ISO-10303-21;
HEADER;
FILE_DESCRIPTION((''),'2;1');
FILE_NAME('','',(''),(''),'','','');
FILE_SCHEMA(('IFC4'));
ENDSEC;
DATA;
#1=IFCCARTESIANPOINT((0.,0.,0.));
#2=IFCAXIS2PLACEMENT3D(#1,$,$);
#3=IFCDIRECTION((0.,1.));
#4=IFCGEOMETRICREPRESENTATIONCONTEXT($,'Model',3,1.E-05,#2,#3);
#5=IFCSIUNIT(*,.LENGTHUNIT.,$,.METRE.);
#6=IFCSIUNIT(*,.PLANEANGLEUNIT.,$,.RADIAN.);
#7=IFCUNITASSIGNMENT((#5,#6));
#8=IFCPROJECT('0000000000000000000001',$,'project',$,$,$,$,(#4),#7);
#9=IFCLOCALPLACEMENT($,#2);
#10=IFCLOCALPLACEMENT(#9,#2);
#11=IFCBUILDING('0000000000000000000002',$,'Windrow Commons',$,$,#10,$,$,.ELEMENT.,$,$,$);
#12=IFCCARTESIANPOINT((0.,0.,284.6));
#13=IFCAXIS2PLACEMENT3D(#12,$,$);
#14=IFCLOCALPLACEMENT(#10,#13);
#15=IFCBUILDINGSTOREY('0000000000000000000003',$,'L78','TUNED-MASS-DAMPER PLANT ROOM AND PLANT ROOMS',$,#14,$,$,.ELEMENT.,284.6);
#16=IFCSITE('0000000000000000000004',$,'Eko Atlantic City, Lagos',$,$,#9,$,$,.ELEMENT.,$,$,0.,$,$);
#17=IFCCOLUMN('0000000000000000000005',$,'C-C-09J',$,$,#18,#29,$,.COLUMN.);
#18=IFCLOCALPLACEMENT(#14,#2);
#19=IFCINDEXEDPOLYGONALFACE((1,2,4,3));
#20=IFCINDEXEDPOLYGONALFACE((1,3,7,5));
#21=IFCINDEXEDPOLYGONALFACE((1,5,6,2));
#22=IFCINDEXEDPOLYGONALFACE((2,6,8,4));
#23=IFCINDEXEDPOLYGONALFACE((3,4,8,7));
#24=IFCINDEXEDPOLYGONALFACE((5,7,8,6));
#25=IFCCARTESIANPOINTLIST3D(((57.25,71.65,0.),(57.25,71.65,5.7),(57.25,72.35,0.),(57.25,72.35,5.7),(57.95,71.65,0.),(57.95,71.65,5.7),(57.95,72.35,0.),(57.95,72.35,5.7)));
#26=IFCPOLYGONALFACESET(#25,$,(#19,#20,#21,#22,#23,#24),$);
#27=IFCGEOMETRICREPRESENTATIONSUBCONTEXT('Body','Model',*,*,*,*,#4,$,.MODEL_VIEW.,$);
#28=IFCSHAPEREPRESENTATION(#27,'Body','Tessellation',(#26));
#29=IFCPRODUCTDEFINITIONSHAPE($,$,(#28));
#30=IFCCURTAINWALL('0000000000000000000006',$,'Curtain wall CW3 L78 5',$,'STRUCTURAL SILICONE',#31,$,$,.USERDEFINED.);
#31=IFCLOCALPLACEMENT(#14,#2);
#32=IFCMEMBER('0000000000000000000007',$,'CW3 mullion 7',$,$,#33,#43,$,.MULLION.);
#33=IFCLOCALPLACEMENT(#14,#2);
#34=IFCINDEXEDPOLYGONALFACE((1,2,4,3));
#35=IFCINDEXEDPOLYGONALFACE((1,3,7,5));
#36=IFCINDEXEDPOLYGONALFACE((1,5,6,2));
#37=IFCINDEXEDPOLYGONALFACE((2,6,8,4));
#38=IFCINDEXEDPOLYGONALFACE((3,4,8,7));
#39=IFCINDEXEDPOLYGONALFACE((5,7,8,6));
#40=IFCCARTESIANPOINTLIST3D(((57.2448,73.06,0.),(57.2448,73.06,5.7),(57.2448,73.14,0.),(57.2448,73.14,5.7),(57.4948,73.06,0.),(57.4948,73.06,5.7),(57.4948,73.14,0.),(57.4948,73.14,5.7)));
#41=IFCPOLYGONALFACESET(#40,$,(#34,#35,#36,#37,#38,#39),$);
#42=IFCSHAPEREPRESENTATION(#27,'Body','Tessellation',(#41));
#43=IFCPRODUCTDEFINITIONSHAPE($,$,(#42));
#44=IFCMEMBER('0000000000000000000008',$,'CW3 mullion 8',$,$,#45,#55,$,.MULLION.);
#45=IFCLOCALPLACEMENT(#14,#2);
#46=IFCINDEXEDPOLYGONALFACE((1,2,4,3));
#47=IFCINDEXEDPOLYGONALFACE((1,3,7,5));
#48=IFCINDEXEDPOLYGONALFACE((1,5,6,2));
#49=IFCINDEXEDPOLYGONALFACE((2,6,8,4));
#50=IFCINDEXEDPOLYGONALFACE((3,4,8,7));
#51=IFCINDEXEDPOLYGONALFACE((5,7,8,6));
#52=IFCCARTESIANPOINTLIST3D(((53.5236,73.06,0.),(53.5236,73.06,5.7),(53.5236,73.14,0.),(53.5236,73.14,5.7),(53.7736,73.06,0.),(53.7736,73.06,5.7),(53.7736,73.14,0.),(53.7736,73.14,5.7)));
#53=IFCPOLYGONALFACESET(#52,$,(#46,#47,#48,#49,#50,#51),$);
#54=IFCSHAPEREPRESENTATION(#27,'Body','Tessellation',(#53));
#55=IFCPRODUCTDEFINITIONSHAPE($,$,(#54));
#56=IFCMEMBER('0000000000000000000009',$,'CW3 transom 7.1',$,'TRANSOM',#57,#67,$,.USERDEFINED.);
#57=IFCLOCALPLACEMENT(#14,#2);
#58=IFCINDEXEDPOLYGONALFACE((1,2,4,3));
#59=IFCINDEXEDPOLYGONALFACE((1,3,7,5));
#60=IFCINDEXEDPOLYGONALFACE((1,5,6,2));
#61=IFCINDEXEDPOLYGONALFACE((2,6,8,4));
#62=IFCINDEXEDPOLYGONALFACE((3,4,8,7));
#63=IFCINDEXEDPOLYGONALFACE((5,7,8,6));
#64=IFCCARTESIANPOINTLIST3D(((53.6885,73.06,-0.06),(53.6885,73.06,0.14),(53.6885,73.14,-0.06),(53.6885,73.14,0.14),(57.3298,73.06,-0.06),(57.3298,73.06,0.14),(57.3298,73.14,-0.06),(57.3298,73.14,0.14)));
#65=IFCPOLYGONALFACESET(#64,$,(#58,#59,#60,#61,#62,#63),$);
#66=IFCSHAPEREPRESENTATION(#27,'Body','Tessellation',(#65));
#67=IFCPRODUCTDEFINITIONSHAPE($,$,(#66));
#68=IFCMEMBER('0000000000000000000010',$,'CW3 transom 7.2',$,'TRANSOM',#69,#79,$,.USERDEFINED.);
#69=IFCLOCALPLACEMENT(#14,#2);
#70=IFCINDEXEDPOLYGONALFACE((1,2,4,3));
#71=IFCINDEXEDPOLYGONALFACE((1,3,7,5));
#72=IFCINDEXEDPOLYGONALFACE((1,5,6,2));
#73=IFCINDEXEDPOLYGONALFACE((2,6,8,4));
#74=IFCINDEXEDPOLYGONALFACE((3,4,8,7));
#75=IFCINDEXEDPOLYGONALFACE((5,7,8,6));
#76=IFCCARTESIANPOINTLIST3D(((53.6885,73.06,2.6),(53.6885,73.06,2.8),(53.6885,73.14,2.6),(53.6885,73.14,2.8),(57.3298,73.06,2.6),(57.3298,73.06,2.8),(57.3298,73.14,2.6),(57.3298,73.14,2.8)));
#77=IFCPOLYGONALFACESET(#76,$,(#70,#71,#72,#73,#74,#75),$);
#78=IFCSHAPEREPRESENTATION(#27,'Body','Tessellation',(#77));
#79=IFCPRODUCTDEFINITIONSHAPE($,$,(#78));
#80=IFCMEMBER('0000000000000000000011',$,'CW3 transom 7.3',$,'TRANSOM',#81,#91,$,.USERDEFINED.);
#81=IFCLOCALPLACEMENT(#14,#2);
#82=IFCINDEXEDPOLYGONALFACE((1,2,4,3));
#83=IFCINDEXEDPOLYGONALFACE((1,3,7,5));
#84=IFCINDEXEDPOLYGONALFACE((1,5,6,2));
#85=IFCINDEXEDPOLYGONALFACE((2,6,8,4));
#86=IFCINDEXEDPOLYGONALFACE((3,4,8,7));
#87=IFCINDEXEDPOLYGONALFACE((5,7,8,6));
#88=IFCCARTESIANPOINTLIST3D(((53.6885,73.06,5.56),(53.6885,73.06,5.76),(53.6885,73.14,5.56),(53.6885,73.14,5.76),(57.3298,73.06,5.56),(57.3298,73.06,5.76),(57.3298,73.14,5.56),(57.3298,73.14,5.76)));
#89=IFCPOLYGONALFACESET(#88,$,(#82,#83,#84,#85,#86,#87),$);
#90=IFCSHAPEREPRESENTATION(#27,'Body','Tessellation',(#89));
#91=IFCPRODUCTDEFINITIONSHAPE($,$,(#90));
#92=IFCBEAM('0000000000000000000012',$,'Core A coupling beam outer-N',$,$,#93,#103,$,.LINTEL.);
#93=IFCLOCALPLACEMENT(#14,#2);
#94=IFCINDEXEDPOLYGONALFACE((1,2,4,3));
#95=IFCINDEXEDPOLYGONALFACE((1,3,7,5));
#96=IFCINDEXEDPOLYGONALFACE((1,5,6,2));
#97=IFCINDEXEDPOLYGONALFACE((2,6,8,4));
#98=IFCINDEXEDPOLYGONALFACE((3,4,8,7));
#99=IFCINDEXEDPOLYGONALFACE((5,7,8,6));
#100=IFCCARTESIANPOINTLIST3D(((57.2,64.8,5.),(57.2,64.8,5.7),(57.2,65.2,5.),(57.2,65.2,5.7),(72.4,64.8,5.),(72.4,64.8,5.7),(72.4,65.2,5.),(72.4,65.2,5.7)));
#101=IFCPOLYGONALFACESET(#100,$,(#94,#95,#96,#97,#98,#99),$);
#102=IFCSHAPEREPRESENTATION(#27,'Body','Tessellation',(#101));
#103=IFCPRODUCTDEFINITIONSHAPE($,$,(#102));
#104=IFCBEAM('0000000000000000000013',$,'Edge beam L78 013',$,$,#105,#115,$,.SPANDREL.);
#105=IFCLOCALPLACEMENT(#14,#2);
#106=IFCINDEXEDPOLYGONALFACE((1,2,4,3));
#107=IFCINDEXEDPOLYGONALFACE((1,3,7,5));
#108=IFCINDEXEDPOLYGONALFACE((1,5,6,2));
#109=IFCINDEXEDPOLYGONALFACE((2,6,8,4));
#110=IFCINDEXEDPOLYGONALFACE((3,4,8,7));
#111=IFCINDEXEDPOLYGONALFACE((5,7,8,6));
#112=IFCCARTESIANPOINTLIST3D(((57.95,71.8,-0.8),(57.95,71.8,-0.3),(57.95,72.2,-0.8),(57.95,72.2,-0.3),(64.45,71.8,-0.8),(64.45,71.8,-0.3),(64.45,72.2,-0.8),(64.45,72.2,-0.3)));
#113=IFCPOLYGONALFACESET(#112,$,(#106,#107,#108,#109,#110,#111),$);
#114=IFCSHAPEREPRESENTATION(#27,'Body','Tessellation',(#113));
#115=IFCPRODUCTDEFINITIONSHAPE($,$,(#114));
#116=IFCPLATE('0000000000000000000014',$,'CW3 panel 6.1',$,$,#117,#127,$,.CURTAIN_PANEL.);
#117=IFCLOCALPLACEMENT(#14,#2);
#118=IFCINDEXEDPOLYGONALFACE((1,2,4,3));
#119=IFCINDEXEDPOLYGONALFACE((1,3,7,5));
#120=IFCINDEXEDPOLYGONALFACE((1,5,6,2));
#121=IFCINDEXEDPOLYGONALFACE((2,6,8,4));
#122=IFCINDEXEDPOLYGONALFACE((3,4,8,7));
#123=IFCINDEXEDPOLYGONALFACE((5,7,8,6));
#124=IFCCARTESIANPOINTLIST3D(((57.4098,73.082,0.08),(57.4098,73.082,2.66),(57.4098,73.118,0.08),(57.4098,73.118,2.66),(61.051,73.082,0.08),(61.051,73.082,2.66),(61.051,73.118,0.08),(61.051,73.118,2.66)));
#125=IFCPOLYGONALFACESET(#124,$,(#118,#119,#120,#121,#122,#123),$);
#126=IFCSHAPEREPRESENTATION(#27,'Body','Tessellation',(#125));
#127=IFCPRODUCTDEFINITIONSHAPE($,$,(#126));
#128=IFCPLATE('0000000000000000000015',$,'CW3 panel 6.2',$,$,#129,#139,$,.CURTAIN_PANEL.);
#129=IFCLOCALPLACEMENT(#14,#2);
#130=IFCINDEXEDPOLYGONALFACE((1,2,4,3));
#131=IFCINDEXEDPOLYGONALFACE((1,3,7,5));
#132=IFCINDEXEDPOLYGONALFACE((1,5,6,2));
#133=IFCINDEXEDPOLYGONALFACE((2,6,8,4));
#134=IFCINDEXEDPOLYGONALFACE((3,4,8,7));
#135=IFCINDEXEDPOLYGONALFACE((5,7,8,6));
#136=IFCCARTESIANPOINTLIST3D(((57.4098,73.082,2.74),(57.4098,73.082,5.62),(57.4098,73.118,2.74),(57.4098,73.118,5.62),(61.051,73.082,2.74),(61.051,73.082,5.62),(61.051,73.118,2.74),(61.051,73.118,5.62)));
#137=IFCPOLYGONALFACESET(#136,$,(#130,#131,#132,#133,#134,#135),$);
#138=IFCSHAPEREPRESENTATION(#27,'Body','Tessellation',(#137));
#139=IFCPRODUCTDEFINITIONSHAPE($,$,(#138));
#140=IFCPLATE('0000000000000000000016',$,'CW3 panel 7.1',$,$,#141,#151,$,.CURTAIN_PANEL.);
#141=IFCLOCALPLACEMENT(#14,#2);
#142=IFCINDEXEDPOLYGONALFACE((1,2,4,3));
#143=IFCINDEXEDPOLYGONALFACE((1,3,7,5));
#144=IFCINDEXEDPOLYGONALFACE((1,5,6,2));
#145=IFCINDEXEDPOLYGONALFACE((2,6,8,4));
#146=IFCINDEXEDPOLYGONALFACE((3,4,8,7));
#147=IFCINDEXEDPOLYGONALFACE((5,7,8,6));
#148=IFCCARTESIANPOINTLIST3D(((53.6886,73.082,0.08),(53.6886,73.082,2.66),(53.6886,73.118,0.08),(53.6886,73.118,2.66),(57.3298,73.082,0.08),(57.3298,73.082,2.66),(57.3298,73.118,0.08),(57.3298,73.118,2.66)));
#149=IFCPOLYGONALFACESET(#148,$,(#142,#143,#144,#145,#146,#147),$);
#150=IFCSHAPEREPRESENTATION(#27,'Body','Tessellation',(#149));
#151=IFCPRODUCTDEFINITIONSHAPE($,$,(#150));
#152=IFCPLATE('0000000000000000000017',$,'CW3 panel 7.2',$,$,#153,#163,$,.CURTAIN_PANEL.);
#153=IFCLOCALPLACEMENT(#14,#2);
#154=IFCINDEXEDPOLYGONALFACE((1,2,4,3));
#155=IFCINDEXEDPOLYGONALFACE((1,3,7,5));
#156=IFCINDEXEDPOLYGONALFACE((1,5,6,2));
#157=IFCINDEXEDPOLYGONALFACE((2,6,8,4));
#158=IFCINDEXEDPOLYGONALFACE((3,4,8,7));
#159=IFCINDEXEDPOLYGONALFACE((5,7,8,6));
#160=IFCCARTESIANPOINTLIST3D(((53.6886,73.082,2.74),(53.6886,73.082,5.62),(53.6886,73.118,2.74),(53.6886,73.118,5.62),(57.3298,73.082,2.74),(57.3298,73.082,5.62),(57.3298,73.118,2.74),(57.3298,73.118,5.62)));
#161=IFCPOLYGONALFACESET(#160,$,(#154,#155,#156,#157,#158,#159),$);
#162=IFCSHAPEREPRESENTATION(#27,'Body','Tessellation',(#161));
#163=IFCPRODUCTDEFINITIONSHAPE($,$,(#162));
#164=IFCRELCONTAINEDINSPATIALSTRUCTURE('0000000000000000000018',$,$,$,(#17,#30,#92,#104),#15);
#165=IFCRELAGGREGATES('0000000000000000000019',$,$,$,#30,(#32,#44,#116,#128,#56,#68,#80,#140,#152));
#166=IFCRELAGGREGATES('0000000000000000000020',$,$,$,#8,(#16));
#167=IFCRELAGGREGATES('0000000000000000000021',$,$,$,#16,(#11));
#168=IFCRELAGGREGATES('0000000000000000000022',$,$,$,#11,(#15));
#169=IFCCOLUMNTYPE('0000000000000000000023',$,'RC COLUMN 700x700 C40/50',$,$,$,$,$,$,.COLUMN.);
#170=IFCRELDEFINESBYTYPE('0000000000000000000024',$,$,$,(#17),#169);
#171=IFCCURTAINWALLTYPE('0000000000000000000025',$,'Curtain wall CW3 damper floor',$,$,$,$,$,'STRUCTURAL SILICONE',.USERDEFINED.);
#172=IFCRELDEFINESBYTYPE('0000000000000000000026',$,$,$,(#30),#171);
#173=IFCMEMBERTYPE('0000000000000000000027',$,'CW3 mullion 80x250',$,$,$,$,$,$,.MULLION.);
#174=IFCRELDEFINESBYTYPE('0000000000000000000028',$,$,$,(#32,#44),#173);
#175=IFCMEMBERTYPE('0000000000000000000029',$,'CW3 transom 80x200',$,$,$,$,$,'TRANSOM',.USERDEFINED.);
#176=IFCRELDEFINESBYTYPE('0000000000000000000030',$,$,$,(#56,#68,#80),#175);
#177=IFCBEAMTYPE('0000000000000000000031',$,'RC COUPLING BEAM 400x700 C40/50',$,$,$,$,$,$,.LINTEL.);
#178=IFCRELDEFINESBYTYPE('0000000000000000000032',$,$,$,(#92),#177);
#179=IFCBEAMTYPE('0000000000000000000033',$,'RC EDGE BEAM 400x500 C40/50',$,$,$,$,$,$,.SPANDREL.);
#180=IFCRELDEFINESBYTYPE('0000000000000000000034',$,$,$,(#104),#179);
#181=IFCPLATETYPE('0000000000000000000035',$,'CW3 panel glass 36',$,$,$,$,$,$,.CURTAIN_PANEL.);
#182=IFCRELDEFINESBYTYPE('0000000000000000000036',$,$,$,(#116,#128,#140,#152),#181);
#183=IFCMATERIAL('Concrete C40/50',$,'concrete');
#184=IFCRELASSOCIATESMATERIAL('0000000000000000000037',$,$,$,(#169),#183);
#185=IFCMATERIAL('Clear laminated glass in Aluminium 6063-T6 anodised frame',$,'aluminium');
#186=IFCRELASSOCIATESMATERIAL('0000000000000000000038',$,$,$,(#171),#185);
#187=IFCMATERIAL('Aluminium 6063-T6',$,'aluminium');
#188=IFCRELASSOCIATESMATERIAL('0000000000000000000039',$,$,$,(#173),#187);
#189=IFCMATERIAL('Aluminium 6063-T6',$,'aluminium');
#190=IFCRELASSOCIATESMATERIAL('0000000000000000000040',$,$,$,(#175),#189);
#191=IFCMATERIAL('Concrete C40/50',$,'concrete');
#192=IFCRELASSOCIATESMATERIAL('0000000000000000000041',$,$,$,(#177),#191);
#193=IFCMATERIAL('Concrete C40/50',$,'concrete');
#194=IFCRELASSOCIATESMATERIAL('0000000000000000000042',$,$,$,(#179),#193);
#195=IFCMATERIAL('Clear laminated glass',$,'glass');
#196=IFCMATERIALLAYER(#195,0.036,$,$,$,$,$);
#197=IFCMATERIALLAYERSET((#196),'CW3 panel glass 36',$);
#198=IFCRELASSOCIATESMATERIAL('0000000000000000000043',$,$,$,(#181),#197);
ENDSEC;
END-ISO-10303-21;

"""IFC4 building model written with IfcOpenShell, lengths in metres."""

from ifc_helpers import new_model, si_unit, direction, frame, origin, origin_2d, place, context, subcontext, project, spatial, rectangle, extrude, material, layer, layer_set, material_profile, profile_set, type_object, element, aggregate, save


model = new_model("IFC4")

# Units and contexts
model_context = context("Model", 3, precision=1e-05, world=origin(), true_north=direction((0.0, 1.0)))
body_context = subcontext(model_context, "Body", "Model", "MODEL_VIEW")
ifc_project = project(units=[si_unit("LENGTHUNIT", "METRE"), si_unit("PLANEANGLEUNIT", "RADIAN")], contexts=[model_context])

# Site, building, storey
site_placement = place(None, origin())
site = spatial("IfcSite", under=ifc_project, at=site_placement, Name="Eko Atlantic City, Lagos", CompositionType="ELEMENT", RefElevation=0.0)
building_placement = place(site_placement, origin())
building = spatial("IfcBuilding", under=site, at=building_placement, Name="Windrow Commons", CompositionType="ELEMENT")
storey_placement = place(building_placement, frame((0.0, 0.0, 284.6)))
storey = spatial("IfcBuildingStorey", under=building, at=storey_placement, Name="L78", Description="TUNED-MASS-DAMPER PLANT ROOM AND PLANT ROOMS", CompositionType="ELEMENT", Elevation=284.6)

# Column
ifc_material_1 = material(Name="Concrete C40/50", Category="concrete")
ifc_material_profile_1 = material_profile(ifc_material_1, rectangle(XDim=0.7, YDim=0.7, at=origin_2d()))
ifc_profile_set_1 = profile_set([ifc_material_profile_1], Name="Concrete C40/50")
column_type = type_object("IfcColumnType", Name="RC COLUMN 700x700 C40/50", PredefinedType="COLUMN", material=ifc_profile_set_1)
column_placement = place(storey_placement, frame((57.6, 72.0, 0.0), z_axis=(0.0, 0.0, 1.0), x_axis=(1.0, 0.0, 0.0)))
element("IfcColumn", 1, at=column_placement, inside=storey, type_object=column_type, Name="C-C-09J", PredefinedType="COLUMN", context=body_context, shape_type="SweptSolid", body=[
    extrude(rectangle(XDim=0.7, YDim=0.7, at=origin_2d()), origin(), (0.0, 0.0, 1.0), 5.7),
])

# Curtain wall, members
ifc_material_2 = material(Name="Clear laminated glass in Aluminium 6063-T6 anodised frame", Category="aluminium")
curtain_wall_type = type_object("IfcCurtainWallType", Name="Curtain wall CW3 damper floor", ElementType="STRUCTURAL SILICONE", PredefinedType="USERDEFINED", material=ifc_material_2)
placement = place(storey_placement, origin())
curtain_wall = element("IfcCurtainWall", 2, at=placement, inside=storey, type_object=curtain_wall_type, Name="Curtain wall CW3 L78 5", ObjectType="STRUCTURAL SILICONE", PredefinedType="USERDEFINED")
ifc_material_3 = material(Name="Aluminium 6063-T6", Category="aluminium")
ifc_material_profile_2 = material_profile(ifc_material_3, rectangle(XDim=0.08, YDim=0.25, at=origin_2d()))
ifc_profile_set_2 = profile_set([ifc_material_profile_2], Name="Aluminium 6063-T6")
member_type_1 = type_object("IfcMemberType", Name="CW3 mullion 80x250", PredefinedType="MULLION", material=ifc_profile_set_2)
member_1_placement = place(storey_placement, frame((57.3698, 73.1, 0.0), z_axis=(0.0, 0.0, 1.0), x_axis=(0.0, -1.0, 0.0)))
member_1 = element("IfcMember", 3, at=member_1_placement, type_object=member_type_1, Name="CW3 mullion 7", PredefinedType="MULLION", context=body_context, shape_type="SweptSolid", body=[
    extrude(rectangle(XDim=0.08, YDim=0.25, at=origin_2d()), origin(), (0.0, 0.0, 1.0), 5.7),
])
member_2_placement = place(storey_placement, frame((53.6486, 73.1, 0.0), z_axis=(0.0, 0.0, 1.0), x_axis=(0.0, -1.0, 0.0)))
member_2 = element("IfcMember", 4, at=member_2_placement, type_object=member_type_1, Name="CW3 mullion 8", PredefinedType="MULLION", context=body_context, shape_type="SweptSolid", body=[
    extrude(rectangle(XDim=0.08, YDim=0.25, at=origin_2d()), origin(), (0.0, 0.0, 1.0), 5.7),
])
ifc_material_4 = material(Name="Aluminium 6063-T6", Category="aluminium")
ifc_material_profile_3 = material_profile(ifc_material_4, rectangle(XDim=0.08, YDim=0.2, at=origin_2d()))
ifc_profile_set_3 = profile_set([ifc_material_profile_3], Name="Aluminium 6063-T6")
member_type_2 = type_object("IfcMemberType", Name="CW3 transom 80x200", ElementType="TRANSOM", PredefinedType="USERDEFINED", material=ifc_profile_set_3)
member_3_placement = place(storey_placement, frame((57.3298, 73.1, 0.04), z_axis=(-1.0, 0.0, 0.0), x_axis=(0.0, -1.0, 0.0)))
member_3 = element("IfcMember", 5, at=member_3_placement, type_object=member_type_2, Name="CW3 transom 7.1", ObjectType="TRANSOM", PredefinedType="USERDEFINED", context=body_context, shape_type="SweptSolid", body=[
    extrude(rectangle(XDim=0.08, YDim=0.2, at=origin_2d()), origin(), (0.0, 0.0, 1.0), 3.6413),
])
member_4_placement = place(storey_placement, frame((57.3298, 73.1, 2.7), z_axis=(-1.0, 0.0, 0.0), x_axis=(0.0, -1.0, 0.0)))
member_4 = element("IfcMember", 6, at=member_4_placement, type_object=member_type_2, Name="CW3 transom 7.2", ObjectType="TRANSOM", PredefinedType="USERDEFINED", context=body_context, shape_type="SweptSolid", body=[
    extrude(rectangle(XDim=0.08, YDim=0.2, at=origin_2d()), origin(), (0.0, 0.0, 1.0), 3.6413),
])
member_5_placement = place(storey_placement, frame((57.3298, 73.1, 5.66), z_axis=(-1.0, 0.0, 0.0), x_axis=(0.0, -1.0, 0.0)))
member_5 = element("IfcMember", 7, at=member_5_placement, type_object=member_type_2, Name="CW3 transom 7.3", ObjectType="TRANSOM", PredefinedType="USERDEFINED", context=body_context, shape_type="SweptSolid", body=[
    extrude(rectangle(XDim=0.08, YDim=0.2, at=origin_2d()), origin(), (0.0, 0.0, 1.0), 3.6413),
])

# Beams
ifc_material_5 = material(Name="Concrete C40/50", Category="concrete")
ifc_material_profile_4 = material_profile(ifc_material_5, rectangle(XDim=0.4, YDim=0.7, at=origin_2d()))
ifc_profile_set_4 = profile_set([ifc_material_profile_4], Name="Concrete C40/50")
beam_type_1 = type_object("IfcBeamType", Name="RC COUPLING BEAM 400x700 C40/50", PredefinedType="LINTEL", material=ifc_profile_set_4)
beam_1_placement = place(storey_placement, frame((57.2, 65.0, 5.35), z_axis=(1.0, 0.0, 0.0), x_axis=(0.0, 1.0, 0.0)))
element("IfcBeam", 8, at=beam_1_placement, inside=storey, type_object=beam_type_1, Name="Core A coupling beam outer-N", PredefinedType="LINTEL", context=body_context, shape_type="SweptSolid", body=[
    extrude(rectangle(XDim=0.4, YDim=0.7, at=origin_2d()), origin(), (0.0, 0.0, 1.0), 15.2),
])
ifc_material_6 = material(Name="Concrete C40/50", Category="concrete")
ifc_material_profile_5 = material_profile(ifc_material_6, rectangle(XDim=0.4, YDim=0.5, at=origin_2d()))
ifc_profile_set_5 = profile_set([ifc_material_profile_5], Name="Concrete C40/50")
beam_type_2 = type_object("IfcBeamType", Name="RC EDGE BEAM 400x500 C40/50", PredefinedType="SPANDREL", material=ifc_profile_set_5)
beam_2_placement = place(storey_placement, frame((57.95, 72.0, -0.55), z_axis=(1.0, 0.0, 0.0), x_axis=(0.0, 1.0, 0.0)))
element("IfcBeam", 9, at=beam_2_placement, inside=storey, type_object=beam_type_2, Name="Edge beam L78 013", PredefinedType="SPANDREL", context=body_context, shape_type="SweptSolid", body=[
    extrude(rectangle(XDim=0.4, YDim=0.5, at=origin_2d()), origin(), (0.0, 0.0, 1.0), 6.5),
])

# Plates
ifc_material_7 = material(Name="Clear laminated glass", Category="glass")
ifc_layer_1 = layer(ifc_material_7, 0.036)
ifc_layer_set_1 = layer_set([ifc_layer_1], Name="CW3 panel glass 36")
plate_type = type_object("IfcPlateType", Name="CW3 panel glass 36", PredefinedType="CURTAIN_PANEL", material=ifc_layer_set_1)
plate_1_placement = place(storey_placement, frame((59.2304, 73.1, 0.08), z_axis=(0.0, 0.0, 1.0), x_axis=(-1.0, 0.0, 0.0)))
plate_1 = element("IfcPlate", 10, at=plate_1_placement, type_object=plate_type, Name="CW3 panel 6.1", PredefinedType="CURTAIN_PANEL", context=body_context, shape_type="SweptSolid", body=[
    extrude(rectangle(XDim=3.6412, YDim=0.036, at=origin_2d()), origin(), (0.0, 0.0, 1.0), 2.58),
])
plate_2_placement = place(storey_placement, frame((59.2304, 73.1, 2.74), z_axis=(0.0, 0.0, 1.0), x_axis=(-1.0, 0.0, 0.0)))
plate_2 = element("IfcPlate", 11, at=plate_2_placement, type_object=plate_type, Name="CW3 panel 6.2", PredefinedType="CURTAIN_PANEL", context=body_context, shape_type="SweptSolid", body=[
    extrude(rectangle(XDim=3.6412, YDim=0.036, at=origin_2d()), origin(), (0.0, 0.0, 1.0), 2.88),
])
plate_3_placement = place(storey_placement, frame((55.5092, 73.1, 0.08), z_axis=(0.0, 0.0, 1.0), x_axis=(-1.0, 0.0, 0.0)))
plate_3 = element("IfcPlate", 12, at=plate_3_placement, type_object=plate_type, Name="CW3 panel 7.1", PredefinedType="CURTAIN_PANEL", context=body_context, shape_type="SweptSolid", body=[
    extrude(rectangle(XDim=3.6412, YDim=0.036, at=origin_2d()), origin(), (0.0, 0.0, 1.0), 2.58),
])
plate_4_placement = place(storey_placement, frame((55.5092, 73.1, 2.74), z_axis=(0.0, 0.0, 1.0), x_axis=(-1.0, 0.0, 0.0)))
plate_4 = element("IfcPlate", 13, at=plate_4_placement, type_object=plate_type, Name="CW3 panel 7.2", PredefinedType="CURTAIN_PANEL", context=body_context, shape_type="SweptSolid", body=[
    extrude(rectangle(XDim=3.6412, YDim=0.036, at=origin_2d()), origin(), (0.0, 0.0, 1.0), 2.88),
])
aggregate(curtain_wall, [member_1, member_2, plate_1, plate_2, member_3, member_4, member_5, plate_3, plate_4])

save(model, "model.ifc")
